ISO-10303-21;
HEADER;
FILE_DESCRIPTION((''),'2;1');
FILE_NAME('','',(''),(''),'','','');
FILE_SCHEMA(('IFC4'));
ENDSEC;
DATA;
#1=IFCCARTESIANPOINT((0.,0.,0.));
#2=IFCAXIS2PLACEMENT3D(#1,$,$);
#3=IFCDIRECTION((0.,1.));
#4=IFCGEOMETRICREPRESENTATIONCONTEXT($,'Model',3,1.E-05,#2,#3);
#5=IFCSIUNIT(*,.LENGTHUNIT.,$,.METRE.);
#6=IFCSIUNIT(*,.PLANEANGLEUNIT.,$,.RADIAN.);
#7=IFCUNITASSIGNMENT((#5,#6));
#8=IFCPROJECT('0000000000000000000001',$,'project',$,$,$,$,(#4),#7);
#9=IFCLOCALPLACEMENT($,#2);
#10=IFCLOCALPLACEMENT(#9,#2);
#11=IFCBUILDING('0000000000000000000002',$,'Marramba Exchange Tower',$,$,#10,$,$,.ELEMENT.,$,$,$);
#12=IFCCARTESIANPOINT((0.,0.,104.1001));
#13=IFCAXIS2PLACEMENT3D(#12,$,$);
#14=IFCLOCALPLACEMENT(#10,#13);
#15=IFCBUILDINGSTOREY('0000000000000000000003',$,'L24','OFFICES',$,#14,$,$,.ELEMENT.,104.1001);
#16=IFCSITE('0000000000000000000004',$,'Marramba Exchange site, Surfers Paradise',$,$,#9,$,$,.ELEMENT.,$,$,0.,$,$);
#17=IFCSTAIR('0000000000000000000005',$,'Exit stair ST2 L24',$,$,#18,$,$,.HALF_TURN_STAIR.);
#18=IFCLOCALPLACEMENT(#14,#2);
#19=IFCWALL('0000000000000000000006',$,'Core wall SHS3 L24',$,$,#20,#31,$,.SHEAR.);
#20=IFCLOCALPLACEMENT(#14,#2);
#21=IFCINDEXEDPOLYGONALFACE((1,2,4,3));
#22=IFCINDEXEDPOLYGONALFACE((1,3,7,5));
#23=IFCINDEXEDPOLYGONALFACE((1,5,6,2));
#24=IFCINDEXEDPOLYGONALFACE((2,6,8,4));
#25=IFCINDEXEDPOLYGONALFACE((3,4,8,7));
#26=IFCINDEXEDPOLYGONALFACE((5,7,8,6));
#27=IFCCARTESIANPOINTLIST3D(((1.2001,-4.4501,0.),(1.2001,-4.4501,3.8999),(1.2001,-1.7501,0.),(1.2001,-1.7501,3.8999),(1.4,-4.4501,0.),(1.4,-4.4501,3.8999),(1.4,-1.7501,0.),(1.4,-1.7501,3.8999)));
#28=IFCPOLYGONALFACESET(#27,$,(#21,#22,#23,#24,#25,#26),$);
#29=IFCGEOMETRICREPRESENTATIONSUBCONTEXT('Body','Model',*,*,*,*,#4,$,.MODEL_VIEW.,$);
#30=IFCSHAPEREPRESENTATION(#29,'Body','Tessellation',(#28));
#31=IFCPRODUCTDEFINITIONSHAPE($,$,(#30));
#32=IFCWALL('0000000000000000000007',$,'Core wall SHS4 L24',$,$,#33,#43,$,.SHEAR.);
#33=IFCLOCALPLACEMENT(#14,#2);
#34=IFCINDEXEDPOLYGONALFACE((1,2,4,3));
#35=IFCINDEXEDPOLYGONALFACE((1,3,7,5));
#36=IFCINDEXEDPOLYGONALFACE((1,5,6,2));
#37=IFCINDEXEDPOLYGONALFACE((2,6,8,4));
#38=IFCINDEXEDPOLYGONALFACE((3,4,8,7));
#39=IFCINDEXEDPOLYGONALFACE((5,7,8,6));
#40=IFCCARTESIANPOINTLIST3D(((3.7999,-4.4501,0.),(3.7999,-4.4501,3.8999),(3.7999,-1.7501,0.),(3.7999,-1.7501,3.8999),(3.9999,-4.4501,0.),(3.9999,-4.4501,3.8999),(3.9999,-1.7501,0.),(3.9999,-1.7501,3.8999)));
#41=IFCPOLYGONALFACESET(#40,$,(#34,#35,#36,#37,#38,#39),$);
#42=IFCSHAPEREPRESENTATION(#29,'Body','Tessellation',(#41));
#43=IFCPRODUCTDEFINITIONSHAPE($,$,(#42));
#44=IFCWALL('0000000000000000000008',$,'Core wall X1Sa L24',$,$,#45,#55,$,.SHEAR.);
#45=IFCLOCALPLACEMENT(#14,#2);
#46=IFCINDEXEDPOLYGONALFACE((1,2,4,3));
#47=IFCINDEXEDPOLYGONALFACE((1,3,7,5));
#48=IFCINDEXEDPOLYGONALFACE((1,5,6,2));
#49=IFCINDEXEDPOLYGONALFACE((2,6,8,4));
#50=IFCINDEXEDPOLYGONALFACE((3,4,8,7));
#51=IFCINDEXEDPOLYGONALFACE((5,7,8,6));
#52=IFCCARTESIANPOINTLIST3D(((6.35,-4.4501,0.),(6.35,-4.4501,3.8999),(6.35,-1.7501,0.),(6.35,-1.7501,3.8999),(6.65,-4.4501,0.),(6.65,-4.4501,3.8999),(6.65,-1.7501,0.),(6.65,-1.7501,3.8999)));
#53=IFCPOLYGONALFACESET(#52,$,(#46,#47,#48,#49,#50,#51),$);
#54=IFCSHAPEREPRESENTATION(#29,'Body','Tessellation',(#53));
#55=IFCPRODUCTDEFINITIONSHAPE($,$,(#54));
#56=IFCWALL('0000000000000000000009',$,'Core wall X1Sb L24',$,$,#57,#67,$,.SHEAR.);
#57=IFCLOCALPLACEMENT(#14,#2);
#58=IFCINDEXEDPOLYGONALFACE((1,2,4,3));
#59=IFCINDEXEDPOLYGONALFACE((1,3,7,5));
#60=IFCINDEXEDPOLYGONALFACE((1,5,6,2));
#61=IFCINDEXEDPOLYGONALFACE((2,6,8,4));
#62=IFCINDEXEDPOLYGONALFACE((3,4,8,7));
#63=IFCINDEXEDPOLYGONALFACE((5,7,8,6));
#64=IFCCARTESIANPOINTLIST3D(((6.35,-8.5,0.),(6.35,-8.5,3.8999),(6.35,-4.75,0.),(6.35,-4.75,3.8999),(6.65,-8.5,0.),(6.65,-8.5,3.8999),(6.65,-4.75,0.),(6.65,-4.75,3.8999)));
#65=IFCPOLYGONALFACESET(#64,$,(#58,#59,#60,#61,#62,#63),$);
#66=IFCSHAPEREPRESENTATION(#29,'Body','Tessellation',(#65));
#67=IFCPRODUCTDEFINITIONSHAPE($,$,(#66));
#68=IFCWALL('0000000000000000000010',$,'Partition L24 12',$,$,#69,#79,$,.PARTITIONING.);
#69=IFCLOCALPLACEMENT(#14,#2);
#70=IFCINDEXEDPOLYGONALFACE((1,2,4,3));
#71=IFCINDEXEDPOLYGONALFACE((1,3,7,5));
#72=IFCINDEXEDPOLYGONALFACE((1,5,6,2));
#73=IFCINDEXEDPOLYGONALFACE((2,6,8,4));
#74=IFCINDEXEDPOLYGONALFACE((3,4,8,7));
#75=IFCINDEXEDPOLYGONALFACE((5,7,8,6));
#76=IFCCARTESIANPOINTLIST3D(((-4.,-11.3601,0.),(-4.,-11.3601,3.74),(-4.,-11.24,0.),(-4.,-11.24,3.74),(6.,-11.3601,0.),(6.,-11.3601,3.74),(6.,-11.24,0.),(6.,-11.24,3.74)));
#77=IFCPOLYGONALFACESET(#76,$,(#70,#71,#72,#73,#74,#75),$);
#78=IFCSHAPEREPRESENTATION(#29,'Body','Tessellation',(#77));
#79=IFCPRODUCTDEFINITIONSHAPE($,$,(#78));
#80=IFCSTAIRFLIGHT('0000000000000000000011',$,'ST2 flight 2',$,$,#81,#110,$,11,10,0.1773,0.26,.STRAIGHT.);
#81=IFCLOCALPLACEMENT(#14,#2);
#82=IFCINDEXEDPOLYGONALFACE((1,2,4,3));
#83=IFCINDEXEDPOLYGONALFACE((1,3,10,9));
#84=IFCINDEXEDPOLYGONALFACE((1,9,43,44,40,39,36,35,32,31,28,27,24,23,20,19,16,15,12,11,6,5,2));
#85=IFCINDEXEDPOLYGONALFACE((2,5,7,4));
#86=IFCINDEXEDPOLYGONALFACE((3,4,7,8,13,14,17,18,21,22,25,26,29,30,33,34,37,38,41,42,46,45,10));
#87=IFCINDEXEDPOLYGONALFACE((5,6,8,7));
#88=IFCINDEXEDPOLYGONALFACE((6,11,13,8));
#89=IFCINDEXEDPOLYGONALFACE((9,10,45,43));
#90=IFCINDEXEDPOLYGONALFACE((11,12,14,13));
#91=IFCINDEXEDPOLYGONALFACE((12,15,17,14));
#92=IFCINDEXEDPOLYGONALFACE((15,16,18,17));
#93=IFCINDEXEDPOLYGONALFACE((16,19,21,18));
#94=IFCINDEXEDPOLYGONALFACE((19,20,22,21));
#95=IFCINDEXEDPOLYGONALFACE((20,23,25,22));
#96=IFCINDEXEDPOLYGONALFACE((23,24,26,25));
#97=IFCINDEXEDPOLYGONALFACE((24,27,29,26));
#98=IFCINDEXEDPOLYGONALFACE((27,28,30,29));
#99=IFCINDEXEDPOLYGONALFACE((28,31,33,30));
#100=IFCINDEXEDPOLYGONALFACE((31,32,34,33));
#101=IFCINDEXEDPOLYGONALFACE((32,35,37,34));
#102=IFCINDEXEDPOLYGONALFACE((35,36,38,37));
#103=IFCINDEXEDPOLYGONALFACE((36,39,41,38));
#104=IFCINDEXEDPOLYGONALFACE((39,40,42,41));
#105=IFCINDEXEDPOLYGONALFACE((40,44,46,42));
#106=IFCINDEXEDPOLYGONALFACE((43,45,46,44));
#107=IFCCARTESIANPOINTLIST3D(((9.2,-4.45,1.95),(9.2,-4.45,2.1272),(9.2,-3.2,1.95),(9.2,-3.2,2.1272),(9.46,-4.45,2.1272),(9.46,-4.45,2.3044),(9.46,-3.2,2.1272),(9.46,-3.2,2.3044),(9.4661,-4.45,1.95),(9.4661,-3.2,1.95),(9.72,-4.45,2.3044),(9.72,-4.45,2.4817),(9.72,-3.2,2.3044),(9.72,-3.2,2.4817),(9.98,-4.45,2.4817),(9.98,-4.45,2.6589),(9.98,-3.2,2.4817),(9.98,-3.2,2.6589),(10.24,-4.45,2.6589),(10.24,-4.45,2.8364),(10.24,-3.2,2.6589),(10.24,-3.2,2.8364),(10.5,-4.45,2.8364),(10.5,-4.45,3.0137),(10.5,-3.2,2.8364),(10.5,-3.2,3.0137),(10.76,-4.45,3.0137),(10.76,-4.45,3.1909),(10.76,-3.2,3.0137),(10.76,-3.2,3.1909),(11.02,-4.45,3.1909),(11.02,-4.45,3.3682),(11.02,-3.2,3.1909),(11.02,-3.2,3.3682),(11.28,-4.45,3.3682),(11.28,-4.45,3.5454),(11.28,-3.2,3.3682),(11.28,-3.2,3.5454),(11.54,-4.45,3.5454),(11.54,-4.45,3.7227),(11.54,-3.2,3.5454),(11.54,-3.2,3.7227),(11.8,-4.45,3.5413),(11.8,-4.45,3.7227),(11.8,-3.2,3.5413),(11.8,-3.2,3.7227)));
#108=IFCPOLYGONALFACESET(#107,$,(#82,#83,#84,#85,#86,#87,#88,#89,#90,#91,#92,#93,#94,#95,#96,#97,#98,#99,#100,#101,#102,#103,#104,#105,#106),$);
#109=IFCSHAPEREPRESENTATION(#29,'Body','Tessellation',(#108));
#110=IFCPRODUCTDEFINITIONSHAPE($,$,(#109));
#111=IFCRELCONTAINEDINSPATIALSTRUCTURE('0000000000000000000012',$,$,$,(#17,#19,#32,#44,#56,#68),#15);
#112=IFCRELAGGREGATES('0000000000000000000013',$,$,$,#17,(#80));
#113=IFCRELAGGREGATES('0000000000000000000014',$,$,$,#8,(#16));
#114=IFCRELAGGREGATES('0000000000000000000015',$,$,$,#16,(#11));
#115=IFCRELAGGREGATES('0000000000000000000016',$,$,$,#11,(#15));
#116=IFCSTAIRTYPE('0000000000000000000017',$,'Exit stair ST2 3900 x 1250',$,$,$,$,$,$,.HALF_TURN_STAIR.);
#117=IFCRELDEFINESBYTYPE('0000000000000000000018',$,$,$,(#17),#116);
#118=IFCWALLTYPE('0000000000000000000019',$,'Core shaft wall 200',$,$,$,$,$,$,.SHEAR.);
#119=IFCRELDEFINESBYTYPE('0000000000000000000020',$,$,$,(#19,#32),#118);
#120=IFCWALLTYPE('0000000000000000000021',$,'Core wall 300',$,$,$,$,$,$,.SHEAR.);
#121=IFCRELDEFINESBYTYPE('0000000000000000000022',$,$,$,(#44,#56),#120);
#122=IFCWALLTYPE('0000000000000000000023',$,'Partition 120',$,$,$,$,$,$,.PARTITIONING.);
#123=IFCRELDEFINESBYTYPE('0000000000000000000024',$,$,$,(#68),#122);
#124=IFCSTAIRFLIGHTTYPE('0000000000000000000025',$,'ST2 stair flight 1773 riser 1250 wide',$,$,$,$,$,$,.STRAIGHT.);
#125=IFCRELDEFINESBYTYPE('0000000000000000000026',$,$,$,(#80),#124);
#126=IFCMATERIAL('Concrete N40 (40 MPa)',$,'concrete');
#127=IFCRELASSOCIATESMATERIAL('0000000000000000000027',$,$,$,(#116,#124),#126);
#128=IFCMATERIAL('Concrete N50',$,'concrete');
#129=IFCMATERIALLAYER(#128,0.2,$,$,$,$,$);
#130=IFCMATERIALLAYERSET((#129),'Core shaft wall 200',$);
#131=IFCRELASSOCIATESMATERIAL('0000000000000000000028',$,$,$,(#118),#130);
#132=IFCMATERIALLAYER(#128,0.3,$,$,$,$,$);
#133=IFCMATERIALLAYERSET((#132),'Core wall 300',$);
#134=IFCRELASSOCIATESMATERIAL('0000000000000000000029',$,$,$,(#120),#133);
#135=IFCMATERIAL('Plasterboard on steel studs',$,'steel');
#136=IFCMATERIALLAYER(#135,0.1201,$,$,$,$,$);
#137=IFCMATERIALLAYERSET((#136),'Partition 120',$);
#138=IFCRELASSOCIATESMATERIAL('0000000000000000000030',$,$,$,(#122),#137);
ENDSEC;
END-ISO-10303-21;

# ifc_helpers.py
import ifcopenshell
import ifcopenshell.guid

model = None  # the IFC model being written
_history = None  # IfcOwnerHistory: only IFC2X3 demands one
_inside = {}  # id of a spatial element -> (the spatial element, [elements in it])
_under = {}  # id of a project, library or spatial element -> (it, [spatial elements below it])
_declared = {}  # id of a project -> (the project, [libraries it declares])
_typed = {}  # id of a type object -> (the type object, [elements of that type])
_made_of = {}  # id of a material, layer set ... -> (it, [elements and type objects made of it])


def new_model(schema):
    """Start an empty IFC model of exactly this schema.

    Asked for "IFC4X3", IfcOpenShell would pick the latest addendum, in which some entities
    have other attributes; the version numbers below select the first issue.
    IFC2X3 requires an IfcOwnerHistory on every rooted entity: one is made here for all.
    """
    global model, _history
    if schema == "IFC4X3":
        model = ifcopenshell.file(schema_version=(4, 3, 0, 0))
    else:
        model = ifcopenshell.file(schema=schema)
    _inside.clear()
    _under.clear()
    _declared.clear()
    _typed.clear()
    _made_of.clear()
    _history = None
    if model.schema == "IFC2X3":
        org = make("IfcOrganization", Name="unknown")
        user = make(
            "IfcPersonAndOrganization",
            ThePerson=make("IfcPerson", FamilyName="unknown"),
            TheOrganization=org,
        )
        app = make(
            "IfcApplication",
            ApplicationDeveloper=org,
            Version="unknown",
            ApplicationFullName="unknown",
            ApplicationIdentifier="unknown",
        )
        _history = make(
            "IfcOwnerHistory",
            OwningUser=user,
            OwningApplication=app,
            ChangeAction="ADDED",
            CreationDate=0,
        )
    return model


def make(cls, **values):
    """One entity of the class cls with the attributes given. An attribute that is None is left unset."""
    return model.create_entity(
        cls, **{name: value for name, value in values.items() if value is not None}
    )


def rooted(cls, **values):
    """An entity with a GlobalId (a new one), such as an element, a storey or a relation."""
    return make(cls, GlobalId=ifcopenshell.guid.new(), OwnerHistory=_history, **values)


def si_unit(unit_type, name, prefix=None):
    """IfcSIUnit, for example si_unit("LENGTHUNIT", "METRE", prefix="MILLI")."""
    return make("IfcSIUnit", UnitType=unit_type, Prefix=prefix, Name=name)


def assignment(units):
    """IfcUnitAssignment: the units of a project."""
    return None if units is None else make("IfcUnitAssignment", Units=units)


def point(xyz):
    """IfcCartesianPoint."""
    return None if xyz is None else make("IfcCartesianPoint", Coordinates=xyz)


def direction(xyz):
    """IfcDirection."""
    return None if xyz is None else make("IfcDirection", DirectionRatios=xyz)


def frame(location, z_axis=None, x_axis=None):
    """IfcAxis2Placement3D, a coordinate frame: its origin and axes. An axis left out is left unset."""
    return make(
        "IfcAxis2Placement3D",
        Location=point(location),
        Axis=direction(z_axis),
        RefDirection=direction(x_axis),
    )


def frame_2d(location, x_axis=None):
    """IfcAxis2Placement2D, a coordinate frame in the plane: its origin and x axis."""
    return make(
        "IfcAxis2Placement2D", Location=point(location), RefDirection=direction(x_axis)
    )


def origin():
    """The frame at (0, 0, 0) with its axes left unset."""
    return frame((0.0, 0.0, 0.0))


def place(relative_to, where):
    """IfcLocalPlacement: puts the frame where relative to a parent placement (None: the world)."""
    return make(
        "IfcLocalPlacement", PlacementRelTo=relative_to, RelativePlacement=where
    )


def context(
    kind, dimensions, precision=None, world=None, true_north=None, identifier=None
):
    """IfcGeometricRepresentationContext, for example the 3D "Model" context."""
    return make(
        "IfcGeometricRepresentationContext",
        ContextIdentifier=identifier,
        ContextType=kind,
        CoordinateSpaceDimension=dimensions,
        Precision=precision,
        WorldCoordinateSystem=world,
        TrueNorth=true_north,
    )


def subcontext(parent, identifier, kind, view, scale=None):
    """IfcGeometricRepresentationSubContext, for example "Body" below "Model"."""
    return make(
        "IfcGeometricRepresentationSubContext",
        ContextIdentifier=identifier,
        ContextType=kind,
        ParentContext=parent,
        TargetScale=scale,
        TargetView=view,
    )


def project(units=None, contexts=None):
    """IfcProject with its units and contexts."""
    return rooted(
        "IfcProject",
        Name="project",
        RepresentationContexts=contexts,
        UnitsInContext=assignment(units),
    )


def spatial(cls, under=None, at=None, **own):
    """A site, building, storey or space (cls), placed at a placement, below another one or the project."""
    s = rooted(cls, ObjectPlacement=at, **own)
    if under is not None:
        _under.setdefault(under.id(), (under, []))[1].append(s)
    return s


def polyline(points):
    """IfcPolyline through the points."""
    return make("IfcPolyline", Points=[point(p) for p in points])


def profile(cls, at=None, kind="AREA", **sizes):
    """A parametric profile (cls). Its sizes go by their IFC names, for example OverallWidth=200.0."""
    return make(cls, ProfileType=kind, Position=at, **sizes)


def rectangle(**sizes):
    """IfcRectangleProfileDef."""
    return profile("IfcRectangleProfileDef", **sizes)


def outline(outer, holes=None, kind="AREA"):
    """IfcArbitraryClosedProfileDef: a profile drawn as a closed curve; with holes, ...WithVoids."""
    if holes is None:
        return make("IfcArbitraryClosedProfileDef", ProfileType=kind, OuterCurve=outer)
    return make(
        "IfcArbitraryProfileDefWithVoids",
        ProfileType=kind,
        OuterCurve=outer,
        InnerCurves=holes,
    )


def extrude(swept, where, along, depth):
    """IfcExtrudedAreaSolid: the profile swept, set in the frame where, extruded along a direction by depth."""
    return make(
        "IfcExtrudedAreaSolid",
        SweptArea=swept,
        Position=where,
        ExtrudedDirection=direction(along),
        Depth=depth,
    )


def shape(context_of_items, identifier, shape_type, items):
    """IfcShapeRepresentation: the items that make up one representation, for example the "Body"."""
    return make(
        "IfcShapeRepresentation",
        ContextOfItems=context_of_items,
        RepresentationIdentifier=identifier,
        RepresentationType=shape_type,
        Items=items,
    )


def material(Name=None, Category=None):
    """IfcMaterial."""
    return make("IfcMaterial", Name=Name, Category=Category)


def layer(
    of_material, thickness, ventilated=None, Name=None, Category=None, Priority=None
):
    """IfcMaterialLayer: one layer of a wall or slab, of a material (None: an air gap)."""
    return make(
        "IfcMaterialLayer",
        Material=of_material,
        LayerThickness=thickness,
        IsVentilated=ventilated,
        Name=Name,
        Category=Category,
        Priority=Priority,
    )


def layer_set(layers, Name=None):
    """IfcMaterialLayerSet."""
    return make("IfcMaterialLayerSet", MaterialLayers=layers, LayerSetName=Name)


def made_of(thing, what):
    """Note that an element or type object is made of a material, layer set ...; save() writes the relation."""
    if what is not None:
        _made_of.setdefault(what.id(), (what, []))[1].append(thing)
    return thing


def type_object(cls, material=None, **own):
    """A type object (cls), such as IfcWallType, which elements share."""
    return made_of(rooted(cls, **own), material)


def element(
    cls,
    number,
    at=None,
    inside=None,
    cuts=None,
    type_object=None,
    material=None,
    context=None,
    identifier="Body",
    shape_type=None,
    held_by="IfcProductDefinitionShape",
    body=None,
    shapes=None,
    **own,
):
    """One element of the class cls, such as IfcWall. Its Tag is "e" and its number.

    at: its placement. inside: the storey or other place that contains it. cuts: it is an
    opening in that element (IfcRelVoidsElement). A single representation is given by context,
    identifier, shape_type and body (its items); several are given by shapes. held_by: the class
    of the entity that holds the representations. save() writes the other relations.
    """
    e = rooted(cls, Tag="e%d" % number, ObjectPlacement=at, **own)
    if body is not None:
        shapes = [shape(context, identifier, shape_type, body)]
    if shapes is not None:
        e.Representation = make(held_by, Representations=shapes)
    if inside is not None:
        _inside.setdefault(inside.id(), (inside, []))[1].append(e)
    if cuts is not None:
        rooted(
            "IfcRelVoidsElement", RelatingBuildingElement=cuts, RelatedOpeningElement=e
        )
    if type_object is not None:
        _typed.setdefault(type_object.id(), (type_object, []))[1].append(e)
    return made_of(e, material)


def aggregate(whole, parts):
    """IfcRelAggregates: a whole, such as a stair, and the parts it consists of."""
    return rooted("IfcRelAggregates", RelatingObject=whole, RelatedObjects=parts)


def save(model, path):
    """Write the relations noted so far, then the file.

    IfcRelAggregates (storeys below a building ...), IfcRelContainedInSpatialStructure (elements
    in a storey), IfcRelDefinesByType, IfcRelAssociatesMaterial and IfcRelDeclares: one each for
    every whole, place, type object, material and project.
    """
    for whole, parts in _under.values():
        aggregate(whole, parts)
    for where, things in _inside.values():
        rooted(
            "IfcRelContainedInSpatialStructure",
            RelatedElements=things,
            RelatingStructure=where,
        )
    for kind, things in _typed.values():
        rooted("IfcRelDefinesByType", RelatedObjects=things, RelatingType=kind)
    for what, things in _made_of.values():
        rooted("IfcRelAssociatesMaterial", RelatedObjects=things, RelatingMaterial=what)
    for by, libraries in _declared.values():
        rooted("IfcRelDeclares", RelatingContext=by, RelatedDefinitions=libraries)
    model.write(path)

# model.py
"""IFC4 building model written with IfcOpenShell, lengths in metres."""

from ifc_helpers import new_model, si_unit, direction, frame, frame_2d, origin, place, context, subcontext, project, spatial, polyline, rectangle, outline, extrude, material, layer, layer_set, type_object, element, aggregate, save


model = new_model("IFC4")

# Units and contexts
model_context = context("Model", 3, precision=1e-05, world=origin(), true_north=direction((0.0, 1.0)))
body_context = subcontext(model_context, "Body", "Model", "MODEL_VIEW")
ifc_project = project(units=[si_unit("LENGTHUNIT", "METRE"), si_unit("PLANEANGLEUNIT", "RADIAN")], contexts=[model_context])

# Site, building, storey
site_placement = place(None, origin())
site = spatial("IfcSite", under=ifc_project, at=site_placement, Name="Marramba Exchange site, Surfers Paradise", CompositionType="ELEMENT", RefElevation=0.0)
building_placement = place(site_placement, origin())
building = spatial("IfcBuilding", under=site, at=building_placement, Name="Marramba Exchange Tower", CompositionType="ELEMENT")
storey_placement = place(building_placement, frame((0.0, 0.0, 104.1001)))
storey = spatial("IfcBuildingStorey", under=building, at=storey_placement, Name="L24", Description="OFFICES", CompositionType="ELEMENT", Elevation=104.1001)

# Stair
ifc_material_1 = material(Name="Concrete N40 (40 MPa)", Category="concrete")
stair_type_1 = type_object("IfcStairType", Name="Exit stair ST2 3900 x 1250", PredefinedType="HALF_TURN_STAIR", material=ifc_material_1)
stair_1_placement = place(storey_placement, origin())
stair_1 = element("IfcStair", 1, at=stair_1_placement, inside=storey, type_object=stair_type_1, Name="Exit stair ST2 L24", PredefinedType="HALF_TURN_STAIR")

# Walls
ifc_material_2 = material(Name="Concrete N50", Category="concrete")
ifc_layer_1 = layer(ifc_material_2, 0.2)
ifc_layer_set_1 = layer_set([ifc_layer_1], Name="Core shaft wall 200")
wall_type_1 = type_object("IfcWallType", Name="Core shaft wall 200", PredefinedType="SHEAR", material=ifc_layer_set_1)
for number, where, z_axis, x_axis, name in (
    (2, (1.3, -1.75, 0.0), (0.0, 0.0, 1.0), (0.0, -1.0, 0.0), "Core wall SHS3 L24"),
    (3, (3.8999, -1.75, 0.0), (0.0, 0.0, 1.0), (0.0, -1.0, 0.0), "Core wall SHS4 L24"),
):
    element("IfcWall", number, at=place(storey_placement, frame(where, z_axis=z_axis, x_axis=x_axis)), inside=storey, type_object=wall_type_1, Name=name, PredefinedType="SHEAR", context=body_context, shape_type="SweptSolid", body=[
        extrude(rectangle(XDim=2.7, YDim=0.2, at=frame_2d((1.3501, 0.0))), origin(), (0.0, 0.0, 1.0), 3.8999),
    ])
ifc_layer_2 = layer(ifc_material_2, 0.3)
ifc_layer_set_2 = layer_set([ifc_layer_2], Name="Core wall 300")
wall_type_2 = type_object("IfcWallType", Name="Core wall 300", PredefinedType="SHEAR", material=ifc_layer_set_2)
wall_1_placement = place(storey_placement, frame((6.5, -1.75, 0.0), z_axis=(0.0, 0.0, 1.0), x_axis=(0.0, -1.0, 0.0)))
element("IfcWall", 4, at=wall_1_placement, inside=storey, type_object=wall_type_2, Name="Core wall X1Sa L24", PredefinedType="SHEAR", context=body_context, shape_type="SweptSolid", body=[
    extrude(rectangle(XDim=2.7, YDim=0.3, at=frame_2d((1.3501, 0.0))), origin(), (0.0, 0.0, 1.0), 3.8999),
])
wall_2_placement = place(storey_placement, frame((6.5, -4.75, 0.0), z_axis=(0.0, 0.0, 1.0), x_axis=(0.0, -1.0, 0.0)))
element("IfcWall", 5, at=wall_2_placement, inside=storey, type_object=wall_type_2, Name="Core wall X1Sb L24", PredefinedType="SHEAR", context=body_context, shape_type="SweptSolid", body=[
    extrude(rectangle(XDim=3.75, YDim=0.3, at=frame_2d((1.875, 0.0))), origin(), (0.0, 0.0, 1.0), 3.8999),
])
ifc_material_3 = material(Name="Plasterboard on steel studs", Category="steel")
ifc_layer_3 = layer(ifc_material_3, 0.1201)
ifc_layer_set_3 = layer_set([ifc_layer_3], Name="Partition 120")
wall_type_3 = type_object("IfcWallType", Name="Partition 120", PredefinedType="PARTITIONING", material=ifc_layer_set_3)
wall_3_placement = place(storey_placement, frame((6.0, -11.3, 0.0), z_axis=(0.0, 0.0, 1.0), x_axis=(-1.0, 0.0, 0.0)))
element("IfcWall", 6, at=wall_3_placement, inside=storey, type_object=wall_type_3, Name="Partition L24 12", PredefinedType="PARTITIONING", context=body_context, shape_type="SweptSolid", body=[
    extrude(rectangle(XDim=10.0, YDim=0.1201, at=frame_2d((5.0, 0.0))), origin(), (0.0, 0.0, 1.0), 3.74),
])

# Stair flight
stair_flight_type = type_object("IfcStairFlightType", Name="ST2 stair flight 1773 riser 1250 wide", PredefinedType="STRAIGHT", material=ifc_material_1)
stair_flight_placement = place(storey_placement, frame((9.2, -3.825, 1.95), z_axis=(0.0, 0.0, 1.0), x_axis=(1.0, 0.0, 0.0)))
stair_flight = element("IfcStairFlight", 7, at=stair_flight_placement, type_object=stair_flight_type, Name="ST2 flight 2", NumberOfRisers=11, NumberOfTreads=10, PredefinedType="STRAIGHT", RiserHeight=0.1773, TreadLength=0.26, context=body_context, shape_type="SweptSolid", body=[
    extrude(outline(polyline([(0.0, 0.0), (0.0, 0.1772), (0.26, 0.1772), (0.26, 0.3545), (0.52, 0.3545), (0.52, 0.5317), (0.78, 0.5317), (0.78, 0.709), (1.04, 0.709), (1.04, 0.8865), (1.3, 0.8865), (1.3, 1.0637), (1.5601, 1.0637), (1.5601, 1.241), (1.8201, 1.241), (1.8201, 1.4182), (2.0801, 1.4182), (2.0801, 1.5955), (2.3401, 1.5955), (2.3401, 1.7727), (2.6001, 1.7727), (2.6001, 1.95), (2.6001, 1.5913), (0.2661, 0.0), (0.0, 0.0)])), frame((0.0, 0.625, 0.0), z_axis=(0.0, -1.0, 0.0), x_axis=(1.0, 0.0, 0.0)), (0.0, 0.0, 1.0), 1.25),
])
aggregate(stair_1, [stair_flight])

save(model, "model.ifc")
